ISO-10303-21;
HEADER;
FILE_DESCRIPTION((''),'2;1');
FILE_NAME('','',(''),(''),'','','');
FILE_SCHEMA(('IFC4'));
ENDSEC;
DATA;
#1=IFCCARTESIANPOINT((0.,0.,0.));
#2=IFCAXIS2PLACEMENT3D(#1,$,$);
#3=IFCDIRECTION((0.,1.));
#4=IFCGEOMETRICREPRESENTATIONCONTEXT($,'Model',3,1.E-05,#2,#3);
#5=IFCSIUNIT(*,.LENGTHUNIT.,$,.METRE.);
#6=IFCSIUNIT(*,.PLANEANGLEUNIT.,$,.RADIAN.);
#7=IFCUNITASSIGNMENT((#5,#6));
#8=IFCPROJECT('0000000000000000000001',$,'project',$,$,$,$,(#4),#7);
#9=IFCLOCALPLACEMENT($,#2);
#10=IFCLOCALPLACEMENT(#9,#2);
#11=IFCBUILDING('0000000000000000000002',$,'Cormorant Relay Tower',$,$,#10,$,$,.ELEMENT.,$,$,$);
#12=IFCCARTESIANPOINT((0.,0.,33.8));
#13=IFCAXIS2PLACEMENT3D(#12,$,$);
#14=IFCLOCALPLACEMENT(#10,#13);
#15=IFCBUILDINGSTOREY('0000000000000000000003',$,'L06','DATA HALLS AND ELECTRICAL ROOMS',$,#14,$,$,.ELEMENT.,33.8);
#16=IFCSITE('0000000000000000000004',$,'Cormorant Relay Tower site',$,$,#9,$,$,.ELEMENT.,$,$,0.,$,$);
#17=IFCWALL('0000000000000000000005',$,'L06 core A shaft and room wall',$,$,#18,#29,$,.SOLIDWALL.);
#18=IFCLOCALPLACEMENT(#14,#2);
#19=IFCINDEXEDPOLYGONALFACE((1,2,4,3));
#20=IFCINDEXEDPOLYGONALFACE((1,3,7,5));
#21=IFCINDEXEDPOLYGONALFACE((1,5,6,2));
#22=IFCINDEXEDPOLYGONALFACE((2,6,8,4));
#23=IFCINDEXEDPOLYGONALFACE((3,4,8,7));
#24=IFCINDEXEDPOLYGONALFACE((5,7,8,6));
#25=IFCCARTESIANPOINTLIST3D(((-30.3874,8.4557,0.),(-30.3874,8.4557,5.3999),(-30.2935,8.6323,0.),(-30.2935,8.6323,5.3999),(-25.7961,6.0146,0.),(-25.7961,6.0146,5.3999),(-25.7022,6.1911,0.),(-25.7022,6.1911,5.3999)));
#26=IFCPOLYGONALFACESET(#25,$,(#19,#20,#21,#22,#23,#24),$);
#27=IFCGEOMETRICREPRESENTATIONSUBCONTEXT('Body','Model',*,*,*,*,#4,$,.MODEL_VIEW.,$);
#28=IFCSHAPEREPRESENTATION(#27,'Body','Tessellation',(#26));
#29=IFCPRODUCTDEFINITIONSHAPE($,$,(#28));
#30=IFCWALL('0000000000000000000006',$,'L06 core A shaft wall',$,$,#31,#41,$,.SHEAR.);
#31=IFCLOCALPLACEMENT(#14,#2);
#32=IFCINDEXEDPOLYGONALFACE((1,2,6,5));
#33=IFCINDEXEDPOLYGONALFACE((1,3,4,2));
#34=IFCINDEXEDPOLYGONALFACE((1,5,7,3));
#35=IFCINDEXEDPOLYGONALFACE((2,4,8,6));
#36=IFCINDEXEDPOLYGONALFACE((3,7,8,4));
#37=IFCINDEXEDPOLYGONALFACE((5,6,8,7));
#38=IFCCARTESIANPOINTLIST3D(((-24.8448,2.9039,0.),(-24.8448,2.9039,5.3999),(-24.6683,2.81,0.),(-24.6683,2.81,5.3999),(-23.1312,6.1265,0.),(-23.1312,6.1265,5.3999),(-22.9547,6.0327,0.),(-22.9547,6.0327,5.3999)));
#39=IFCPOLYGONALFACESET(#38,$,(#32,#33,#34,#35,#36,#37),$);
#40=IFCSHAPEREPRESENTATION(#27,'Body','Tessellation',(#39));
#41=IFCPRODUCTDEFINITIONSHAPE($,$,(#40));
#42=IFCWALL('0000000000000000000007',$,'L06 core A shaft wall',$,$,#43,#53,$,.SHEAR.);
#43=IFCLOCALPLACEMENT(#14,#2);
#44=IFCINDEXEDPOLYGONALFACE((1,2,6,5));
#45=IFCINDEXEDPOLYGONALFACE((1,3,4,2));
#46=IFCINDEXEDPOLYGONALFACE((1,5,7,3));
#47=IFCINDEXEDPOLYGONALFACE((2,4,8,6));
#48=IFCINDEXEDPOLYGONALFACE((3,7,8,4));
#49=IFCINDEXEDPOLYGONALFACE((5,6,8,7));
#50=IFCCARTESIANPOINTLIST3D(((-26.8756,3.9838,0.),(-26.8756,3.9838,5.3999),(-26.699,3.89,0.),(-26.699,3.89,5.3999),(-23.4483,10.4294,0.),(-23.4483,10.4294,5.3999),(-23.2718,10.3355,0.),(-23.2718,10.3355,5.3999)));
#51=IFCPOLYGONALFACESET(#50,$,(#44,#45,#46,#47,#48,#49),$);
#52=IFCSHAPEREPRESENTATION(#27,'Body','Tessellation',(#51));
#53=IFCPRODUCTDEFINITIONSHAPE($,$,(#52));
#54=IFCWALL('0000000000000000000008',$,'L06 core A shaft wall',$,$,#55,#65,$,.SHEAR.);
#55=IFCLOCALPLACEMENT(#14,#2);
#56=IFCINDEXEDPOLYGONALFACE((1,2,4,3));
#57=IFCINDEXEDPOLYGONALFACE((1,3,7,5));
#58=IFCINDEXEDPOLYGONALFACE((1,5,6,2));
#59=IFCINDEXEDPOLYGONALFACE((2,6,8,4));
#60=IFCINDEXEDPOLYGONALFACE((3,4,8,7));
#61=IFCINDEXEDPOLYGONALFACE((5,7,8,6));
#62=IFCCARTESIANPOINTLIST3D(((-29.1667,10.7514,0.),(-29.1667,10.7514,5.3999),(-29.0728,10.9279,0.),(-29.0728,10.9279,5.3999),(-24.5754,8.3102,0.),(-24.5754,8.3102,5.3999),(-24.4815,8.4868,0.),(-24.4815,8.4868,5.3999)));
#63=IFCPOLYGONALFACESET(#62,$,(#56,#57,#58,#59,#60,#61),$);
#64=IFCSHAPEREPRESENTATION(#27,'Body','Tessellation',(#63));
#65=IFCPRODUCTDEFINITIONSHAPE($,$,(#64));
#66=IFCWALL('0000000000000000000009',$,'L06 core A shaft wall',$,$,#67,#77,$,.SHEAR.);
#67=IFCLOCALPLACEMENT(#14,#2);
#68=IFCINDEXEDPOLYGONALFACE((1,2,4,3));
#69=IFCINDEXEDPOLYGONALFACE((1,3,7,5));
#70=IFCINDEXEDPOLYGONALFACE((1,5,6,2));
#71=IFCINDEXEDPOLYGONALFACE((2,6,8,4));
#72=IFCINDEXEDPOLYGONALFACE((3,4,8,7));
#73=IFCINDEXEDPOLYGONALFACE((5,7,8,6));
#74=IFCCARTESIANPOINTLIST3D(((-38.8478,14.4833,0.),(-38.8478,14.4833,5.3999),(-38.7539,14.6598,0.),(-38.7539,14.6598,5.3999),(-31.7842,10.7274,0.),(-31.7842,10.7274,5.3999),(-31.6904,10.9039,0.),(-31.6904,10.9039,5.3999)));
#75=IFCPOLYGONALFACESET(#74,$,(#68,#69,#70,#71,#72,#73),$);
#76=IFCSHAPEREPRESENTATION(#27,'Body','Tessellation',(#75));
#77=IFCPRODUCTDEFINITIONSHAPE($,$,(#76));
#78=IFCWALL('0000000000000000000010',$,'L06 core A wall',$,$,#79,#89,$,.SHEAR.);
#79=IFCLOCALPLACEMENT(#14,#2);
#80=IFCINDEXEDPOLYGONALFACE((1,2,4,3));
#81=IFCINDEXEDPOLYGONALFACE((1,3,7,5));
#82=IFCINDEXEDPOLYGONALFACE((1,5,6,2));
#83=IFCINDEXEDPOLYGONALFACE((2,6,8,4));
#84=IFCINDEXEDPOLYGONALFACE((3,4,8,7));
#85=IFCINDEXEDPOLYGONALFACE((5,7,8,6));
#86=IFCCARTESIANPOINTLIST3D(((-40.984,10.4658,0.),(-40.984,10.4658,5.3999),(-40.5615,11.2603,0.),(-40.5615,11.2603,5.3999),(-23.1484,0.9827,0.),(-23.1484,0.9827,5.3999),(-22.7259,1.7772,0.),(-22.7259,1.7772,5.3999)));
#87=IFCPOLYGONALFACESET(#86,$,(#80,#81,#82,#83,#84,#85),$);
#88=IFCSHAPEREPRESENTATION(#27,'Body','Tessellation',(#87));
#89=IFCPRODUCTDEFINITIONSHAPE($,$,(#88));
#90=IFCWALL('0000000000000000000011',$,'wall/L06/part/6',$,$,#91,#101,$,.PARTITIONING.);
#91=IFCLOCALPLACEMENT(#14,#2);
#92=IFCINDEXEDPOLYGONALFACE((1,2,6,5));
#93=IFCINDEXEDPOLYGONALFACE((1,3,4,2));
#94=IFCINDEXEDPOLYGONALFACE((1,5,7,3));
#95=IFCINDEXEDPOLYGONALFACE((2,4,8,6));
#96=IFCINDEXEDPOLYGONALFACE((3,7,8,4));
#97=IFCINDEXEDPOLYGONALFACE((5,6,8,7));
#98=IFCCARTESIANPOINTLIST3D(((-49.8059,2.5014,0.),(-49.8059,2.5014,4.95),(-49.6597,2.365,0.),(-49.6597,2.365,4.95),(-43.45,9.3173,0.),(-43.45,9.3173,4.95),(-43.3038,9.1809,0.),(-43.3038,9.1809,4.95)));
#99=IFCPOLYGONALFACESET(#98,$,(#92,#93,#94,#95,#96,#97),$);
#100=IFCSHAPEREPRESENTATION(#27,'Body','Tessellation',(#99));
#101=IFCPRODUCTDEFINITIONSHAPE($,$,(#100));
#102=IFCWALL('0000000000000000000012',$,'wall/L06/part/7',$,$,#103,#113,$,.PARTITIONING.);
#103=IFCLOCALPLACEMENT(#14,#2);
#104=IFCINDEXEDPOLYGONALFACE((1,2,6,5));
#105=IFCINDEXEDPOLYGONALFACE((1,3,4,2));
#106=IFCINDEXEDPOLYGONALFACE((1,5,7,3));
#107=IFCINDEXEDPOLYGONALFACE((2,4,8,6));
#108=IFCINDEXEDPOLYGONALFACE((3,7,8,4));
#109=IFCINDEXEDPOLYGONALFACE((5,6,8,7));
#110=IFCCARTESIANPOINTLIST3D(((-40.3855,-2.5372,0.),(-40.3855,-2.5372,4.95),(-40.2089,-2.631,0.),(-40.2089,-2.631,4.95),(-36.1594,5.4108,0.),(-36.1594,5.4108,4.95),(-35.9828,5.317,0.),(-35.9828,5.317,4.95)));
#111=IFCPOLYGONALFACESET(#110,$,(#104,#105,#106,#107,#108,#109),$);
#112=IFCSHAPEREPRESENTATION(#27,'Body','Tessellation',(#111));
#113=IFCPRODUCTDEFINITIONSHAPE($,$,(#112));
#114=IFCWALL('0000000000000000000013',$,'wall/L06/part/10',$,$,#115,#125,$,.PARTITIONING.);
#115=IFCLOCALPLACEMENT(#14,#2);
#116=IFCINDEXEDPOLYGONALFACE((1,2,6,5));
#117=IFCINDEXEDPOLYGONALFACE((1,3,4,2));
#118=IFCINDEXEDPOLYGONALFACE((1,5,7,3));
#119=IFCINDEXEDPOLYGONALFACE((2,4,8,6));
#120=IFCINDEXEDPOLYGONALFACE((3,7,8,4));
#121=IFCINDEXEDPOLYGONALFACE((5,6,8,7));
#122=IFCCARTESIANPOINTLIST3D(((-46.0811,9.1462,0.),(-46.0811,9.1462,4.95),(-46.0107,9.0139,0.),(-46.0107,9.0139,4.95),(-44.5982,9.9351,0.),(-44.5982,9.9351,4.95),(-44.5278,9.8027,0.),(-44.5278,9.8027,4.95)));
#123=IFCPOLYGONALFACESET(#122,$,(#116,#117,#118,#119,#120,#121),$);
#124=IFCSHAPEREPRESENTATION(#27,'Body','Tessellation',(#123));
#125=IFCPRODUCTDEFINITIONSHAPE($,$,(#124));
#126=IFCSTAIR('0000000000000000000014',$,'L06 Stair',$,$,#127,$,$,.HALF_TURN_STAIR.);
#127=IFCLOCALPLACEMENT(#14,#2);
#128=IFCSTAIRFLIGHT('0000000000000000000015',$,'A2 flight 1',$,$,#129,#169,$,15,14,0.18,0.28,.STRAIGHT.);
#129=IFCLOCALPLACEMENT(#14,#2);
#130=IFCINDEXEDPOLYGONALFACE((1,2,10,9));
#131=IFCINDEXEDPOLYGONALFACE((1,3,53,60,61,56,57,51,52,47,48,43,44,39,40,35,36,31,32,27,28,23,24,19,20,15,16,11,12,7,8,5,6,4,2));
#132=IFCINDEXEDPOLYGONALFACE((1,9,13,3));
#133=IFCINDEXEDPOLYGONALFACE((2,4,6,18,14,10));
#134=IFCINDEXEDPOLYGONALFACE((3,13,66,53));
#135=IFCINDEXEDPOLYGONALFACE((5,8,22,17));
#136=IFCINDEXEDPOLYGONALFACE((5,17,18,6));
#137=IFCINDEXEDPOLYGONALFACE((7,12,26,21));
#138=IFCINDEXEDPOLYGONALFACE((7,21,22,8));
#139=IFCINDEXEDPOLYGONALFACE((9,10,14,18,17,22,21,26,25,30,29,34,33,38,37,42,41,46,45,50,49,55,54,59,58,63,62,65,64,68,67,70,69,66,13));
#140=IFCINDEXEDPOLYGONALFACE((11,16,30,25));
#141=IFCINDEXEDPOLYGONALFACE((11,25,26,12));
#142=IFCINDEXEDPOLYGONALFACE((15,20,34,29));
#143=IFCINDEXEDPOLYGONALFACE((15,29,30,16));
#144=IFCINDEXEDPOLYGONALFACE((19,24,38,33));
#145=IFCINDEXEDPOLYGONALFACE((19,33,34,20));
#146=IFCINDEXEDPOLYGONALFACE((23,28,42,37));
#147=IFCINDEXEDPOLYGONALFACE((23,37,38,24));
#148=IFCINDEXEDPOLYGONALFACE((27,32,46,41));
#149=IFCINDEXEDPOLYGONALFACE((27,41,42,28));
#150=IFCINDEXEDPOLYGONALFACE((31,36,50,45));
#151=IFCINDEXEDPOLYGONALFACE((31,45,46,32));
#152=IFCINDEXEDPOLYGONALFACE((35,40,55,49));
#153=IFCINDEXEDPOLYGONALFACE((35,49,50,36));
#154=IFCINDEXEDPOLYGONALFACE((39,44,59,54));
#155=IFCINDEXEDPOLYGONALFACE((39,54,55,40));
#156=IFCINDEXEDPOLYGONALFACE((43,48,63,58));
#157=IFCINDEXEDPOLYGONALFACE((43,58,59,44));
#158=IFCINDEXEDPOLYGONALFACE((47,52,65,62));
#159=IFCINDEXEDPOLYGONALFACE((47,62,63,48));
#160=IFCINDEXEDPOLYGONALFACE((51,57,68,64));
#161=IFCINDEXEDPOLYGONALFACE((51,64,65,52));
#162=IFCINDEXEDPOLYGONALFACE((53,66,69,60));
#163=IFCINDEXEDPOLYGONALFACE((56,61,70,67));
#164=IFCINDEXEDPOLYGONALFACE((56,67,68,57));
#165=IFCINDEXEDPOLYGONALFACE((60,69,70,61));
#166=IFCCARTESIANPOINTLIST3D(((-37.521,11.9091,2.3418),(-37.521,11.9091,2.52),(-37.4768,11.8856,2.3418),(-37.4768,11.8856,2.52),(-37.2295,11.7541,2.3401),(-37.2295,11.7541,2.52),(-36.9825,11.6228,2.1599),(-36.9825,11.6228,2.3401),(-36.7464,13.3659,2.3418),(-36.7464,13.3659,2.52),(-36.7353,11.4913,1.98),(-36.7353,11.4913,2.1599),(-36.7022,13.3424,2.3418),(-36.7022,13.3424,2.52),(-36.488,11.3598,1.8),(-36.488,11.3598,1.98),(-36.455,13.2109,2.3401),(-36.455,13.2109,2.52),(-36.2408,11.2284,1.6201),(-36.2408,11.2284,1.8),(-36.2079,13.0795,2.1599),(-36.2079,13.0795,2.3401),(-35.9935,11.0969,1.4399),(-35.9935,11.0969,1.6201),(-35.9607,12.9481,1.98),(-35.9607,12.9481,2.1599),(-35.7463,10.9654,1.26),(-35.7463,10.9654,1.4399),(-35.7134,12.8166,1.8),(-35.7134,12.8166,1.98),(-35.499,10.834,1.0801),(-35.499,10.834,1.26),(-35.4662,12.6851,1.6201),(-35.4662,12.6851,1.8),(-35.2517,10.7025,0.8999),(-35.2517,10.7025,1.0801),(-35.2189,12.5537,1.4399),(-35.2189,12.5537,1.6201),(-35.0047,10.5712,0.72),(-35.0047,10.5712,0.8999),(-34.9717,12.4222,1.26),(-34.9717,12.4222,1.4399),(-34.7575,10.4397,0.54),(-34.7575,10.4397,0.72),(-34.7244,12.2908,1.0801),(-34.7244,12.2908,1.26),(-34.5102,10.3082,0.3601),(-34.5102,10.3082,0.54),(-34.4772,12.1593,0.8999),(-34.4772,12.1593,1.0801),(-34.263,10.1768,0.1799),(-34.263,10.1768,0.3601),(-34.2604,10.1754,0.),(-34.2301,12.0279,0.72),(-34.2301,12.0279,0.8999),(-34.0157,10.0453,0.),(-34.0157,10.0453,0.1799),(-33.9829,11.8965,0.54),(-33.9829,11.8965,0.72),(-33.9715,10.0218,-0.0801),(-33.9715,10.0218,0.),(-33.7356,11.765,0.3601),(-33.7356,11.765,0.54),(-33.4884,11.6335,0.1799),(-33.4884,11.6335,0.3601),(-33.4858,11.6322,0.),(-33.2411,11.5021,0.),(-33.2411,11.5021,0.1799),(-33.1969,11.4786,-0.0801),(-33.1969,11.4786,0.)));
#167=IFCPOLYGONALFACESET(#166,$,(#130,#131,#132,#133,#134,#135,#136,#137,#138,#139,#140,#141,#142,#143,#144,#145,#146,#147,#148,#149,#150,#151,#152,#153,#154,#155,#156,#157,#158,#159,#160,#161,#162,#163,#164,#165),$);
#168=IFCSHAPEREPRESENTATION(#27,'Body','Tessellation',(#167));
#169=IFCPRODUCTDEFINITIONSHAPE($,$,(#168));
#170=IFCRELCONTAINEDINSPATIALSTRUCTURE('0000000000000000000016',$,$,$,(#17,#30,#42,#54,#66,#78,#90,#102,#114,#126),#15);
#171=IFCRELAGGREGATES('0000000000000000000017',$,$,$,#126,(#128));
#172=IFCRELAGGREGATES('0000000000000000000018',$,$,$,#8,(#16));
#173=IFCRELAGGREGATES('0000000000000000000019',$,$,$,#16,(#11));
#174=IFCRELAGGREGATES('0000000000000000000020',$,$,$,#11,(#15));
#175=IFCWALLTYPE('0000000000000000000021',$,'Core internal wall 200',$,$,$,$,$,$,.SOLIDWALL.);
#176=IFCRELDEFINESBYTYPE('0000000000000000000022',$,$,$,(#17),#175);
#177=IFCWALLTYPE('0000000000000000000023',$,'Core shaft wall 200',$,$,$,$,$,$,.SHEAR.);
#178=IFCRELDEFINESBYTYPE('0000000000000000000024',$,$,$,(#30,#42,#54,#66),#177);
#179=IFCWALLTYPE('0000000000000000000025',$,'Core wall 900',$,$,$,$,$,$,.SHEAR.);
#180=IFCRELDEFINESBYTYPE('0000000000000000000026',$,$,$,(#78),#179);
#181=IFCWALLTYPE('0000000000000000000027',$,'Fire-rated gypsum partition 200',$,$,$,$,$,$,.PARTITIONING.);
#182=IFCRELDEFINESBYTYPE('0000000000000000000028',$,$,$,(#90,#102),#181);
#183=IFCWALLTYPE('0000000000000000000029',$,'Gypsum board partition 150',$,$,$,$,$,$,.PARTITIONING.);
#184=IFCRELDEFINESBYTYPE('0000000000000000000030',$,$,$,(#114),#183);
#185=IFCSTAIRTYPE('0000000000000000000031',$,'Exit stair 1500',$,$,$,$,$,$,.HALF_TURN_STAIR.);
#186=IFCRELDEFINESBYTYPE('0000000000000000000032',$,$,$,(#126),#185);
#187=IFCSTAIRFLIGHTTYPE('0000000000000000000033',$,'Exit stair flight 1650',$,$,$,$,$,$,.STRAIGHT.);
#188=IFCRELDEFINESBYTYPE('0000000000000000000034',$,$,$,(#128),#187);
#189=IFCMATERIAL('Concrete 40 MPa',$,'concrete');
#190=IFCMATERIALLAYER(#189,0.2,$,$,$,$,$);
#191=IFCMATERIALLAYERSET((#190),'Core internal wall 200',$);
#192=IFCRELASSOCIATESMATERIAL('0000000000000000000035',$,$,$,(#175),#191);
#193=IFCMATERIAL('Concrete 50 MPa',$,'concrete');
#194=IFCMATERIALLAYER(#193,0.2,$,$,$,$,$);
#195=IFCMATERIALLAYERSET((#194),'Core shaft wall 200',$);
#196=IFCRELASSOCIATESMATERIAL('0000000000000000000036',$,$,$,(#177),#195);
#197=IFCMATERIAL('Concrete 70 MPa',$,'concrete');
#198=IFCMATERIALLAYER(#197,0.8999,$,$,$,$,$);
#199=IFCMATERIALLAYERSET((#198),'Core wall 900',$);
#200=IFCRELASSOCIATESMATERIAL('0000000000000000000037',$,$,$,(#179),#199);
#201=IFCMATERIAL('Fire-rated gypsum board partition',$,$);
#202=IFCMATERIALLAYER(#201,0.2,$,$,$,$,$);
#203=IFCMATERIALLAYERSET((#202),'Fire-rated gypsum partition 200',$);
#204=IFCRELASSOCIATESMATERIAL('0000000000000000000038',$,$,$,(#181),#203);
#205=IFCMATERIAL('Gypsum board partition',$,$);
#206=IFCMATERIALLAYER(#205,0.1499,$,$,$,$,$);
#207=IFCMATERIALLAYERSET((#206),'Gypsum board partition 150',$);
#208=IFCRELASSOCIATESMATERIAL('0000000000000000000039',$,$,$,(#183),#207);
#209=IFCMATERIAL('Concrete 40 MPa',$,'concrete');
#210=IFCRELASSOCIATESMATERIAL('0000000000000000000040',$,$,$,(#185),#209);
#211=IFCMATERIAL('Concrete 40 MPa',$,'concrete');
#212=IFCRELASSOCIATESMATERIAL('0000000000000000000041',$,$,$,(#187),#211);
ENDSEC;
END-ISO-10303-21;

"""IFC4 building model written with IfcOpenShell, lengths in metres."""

from ifc_helpers import new_model, si_unit, direction, frame, frame_2d, origin, place, context, subcontext, project, spatial, polyline, rectangle, outline, extrude, material, layer, layer_set, type_object, element, aggregate, save


model = new_model("IFC4")

# Units and contexts
model_context = context("Model", 3, precision=1e-05, world=origin(), true_north=direction((0.0, 1.0)))
body_context = subcontext(model_context, "Body", "Model", "MODEL_VIEW")
ifc_project = project(units=[si_unit("LENGTHUNIT", "METRE"), si_unit("PLANEANGLEUNIT", "RADIAN")], contexts=[model_context])

# Site, building, storey
site_placement = place(None, origin())
site = spatial("IfcSite", under=ifc_project, at=site_placement, Name="Cormorant Relay Tower site", CompositionType="ELEMENT", RefElevation=0.0)
building_placement = place(site_placement, origin())
building = spatial("IfcBuilding", under=site, at=building_placement, Name="Cormorant Relay Tower", CompositionType="ELEMENT")
storey_placement = place(building_placement, frame((0.0, 0.0, 33.8)))
storey = spatial("IfcBuildingStorey", under=building, at=storey_placement, Name="L06", Description="DATA HALLS AND ELECTRICAL ROOMS", CompositionType="ELEMENT", Elevation=33.8)

# Walls
ifc_material_1 = material(Name="Concrete 40 MPa", Category="concrete")
ifc_layer_1 = layer(ifc_material_1, 0.2)
ifc_layer_set_1 = layer_set([ifc_layer_1], Name="Core internal wall 200")
wall_type_1 = type_object("IfcWallType", Name="Core internal wall 200", PredefinedType="SOLIDWALL", material=ifc_layer_set_1)
wall_1_placement = place(storey_placement, frame((-25.749, 6.1028, 0.0), z_axis=(0.0, 0.0, 1.0), x_axis=(-0.882954, 0.46946, 0.0)))
element("IfcWall", 1, at=wall_1_placement, inside=storey, type_object=wall_type_1, Name="L06 core A shaft and room wall", PredefinedType="SOLIDWALL", context=body_context, shape_type="SweptSolid", body=[
    extrude(rectangle(XDim=5.2, YDim=0.2, at=frame_2d((2.6001, 0.0))), origin(), (0.0, 0.0, 1.0), 5.3999),
])
ifc_material_2 = material(Name="Concrete 50 MPa", Category="concrete")
ifc_layer_2 = layer(ifc_material_2, 0.2)
ifc_layer_set_2 = layer_set([ifc_layer_2], Name="Core shaft wall 200")
wall_type_2 = type_object("IfcWallType", Name="Core shaft wall 200", PredefinedType="SHEAR", material=ifc_layer_set_2)
wall_2_placement = place(storey_placement, frame((-23.043, 6.0796, 0.0), z_axis=(0.0, 0.0, 1.0), x_axis=(-0.469494, -0.882936, 0.0)))
element("IfcWall", 2, at=wall_2_placement, inside=storey, type_object=wall_type_2, Name="L06 core A shaft wall", PredefinedType="SHEAR", context=body_context, shape_type="SweptSolid", body=[
    extrude(rectangle(XDim=3.6499, YDim=0.2, at=frame_2d((1.825, 0.0))), origin(), (0.0, 0.0, 1.0), 5.3999),
])
wall_3_placement = place(storey_placement, frame((-23.3601, 10.3823, 0.0), z_axis=(0.0, 0.0, 1.0), x_axis=(-0.46948, -0.882943, 0.0)))
element("IfcWall", 3, at=wall_3_placement, inside=storey, type_object=wall_type_2, Name="L06 core A shaft wall", PredefinedType="SHEAR", context=body_context, shape_type="SweptSolid", body=[
    extrude(rectangle(XDim=7.3, YDim=0.2, at=frame_2d((3.6499, 0.0))), origin(), (0.0, 0.0, 1.0), 5.3999),
])
wall_4_placement = place(storey_placement, frame((-24.5283, 8.3984, 0.0), z_axis=(0.0, 0.0, 1.0), x_axis=(-0.882954, 0.46946, 0.0)))
element("IfcWall", 4, at=wall_4_placement, inside=storey, type_object=wall_type_2, Name="L06 core A shaft wall", PredefinedType="SHEAR", context=body_context, shape_type="SweptSolid", body=[
    extrude(rectangle(XDim=5.2, YDim=0.2, at=frame_2d((2.6001, 0.0))), origin(), (0.0, 0.0, 1.0), 5.3999),
])
wall_5_placement = place(storey_placement, frame((-31.7373, 10.8157, 0.0), z_axis=(0.0, 0.0, 1.0), x_axis=(-0.88294, 0.469485, 0.0)))
element("IfcWall", 5, at=wall_5_placement, inside=storey, type_object=wall_type_2, Name="L06 core A shaft wall", PredefinedType="SHEAR", context=body_context, shape_type="SweptSolid", body=[
    extrude(rectangle(XDim=8.0, YDim=0.2, at=frame_2d((4.0, 0.0))), origin(), (0.0, 0.0, 1.0), 5.3999),
])
ifc_material_3 = material(Name="Concrete 70 MPa", Category="concrete")
ifc_layer_3 = layer(ifc_material_3, 0.8999)
ifc_layer_set_3 = layer_set([ifc_layer_3], Name="Core wall 900")
wall_type_3 = type_object("IfcWallType", Name="Core wall 900", PredefinedType="SHEAR", material=ifc_layer_set_3)
wall_6_placement = place(storey_placement, frame((-22.937, 1.3799, 0.0), z_axis=(0.0, 0.0, 1.0), x_axis=(-0.882953, 0.469462, 0.0)))
element("IfcWall", 6, at=wall_6_placement, inside=storey, type_object=wall_type_3, Name="L06 core A wall", PredefinedType="SHEAR", context=body_context, shape_type="SweptSolid", body=[
    extrude(rectangle(XDim=20.2, YDim=0.8999, at=frame_2d((10.1001, 0.0))), origin(), (0.0, 0.0, 1.0), 5.3999),
])
ifc_material_4 = material(Name="Fire-rated gypsum board partition")
ifc_layer_4 = layer(ifc_material_4, 0.2)
ifc_layer_set_4 = layer_set([ifc_layer_4], Name="Fire-rated gypsum partition 200")
wall_type_4 = type_object("IfcWallType", Name="Fire-rated gypsum partition 200", PredefinedType="PARTITIONING", material=ifc_layer_set_4)
wall_7_placement = place(storey_placement, frame((-43.377, 9.249, 0.0), z_axis=(0.0, 0.0, 1.0), x_axis=(-0.681999, -0.731353, 0.0)))
element("IfcWall", 7, at=wall_7_placement, inside=storey, type_object=wall_type_4, Name="wall/L06/part/6", PredefinedType="PARTITIONING", context=body_context, shape_type="SweptSolid", body=[
    extrude(rectangle(XDim=9.3196, YDim=0.2, at=frame_2d((4.6597, 0.0))), origin(), (0.0, 0.0, 1.0), 4.95),
])
wall_8_placement = place(storey_placement, frame((-36.071, 5.364, 0.0), z_axis=(0.0, 0.0, 1.0), x_axis=(-0.469476, -0.882945, 0.0)))
element("IfcWall", 8, at=wall_8_placement, inside=storey, type_object=wall_type_4, Name="wall/L06/part/7", PredefinedType="PARTITIONING", context=body_context, shape_type="SweptSolid", body=[
    extrude(rectangle(XDim=9.0017, YDim=0.2, at=frame_2d((4.501, 0.0))), origin(), (0.0, 0.0, 1.0), 4.95),
])
ifc_material_5 = material(Name="Gypsum board partition")
ifc_layer_5 = layer(ifc_material_5, 0.1499)
ifc_layer_set_5 = layer_set([ifc_layer_5], Name="Gypsum board partition 150")
wall_type_5 = type_object("IfcWallType", Name="Gypsum board partition 150", PredefinedType="PARTITIONING", material=ifc_layer_set_5)
wall_9_placement = place(storey_placement, frame((-44.563, 9.8689, 0.0), z_axis=(0.0, 0.0, 1.0), x_axis=(-0.882863, -0.46963, 0.0)))
element("IfcWall", 9, at=wall_9_placement, inside=storey, type_object=wall_type_5, Name="wall/L06/part/10", PredefinedType="PARTITIONING", context=body_context, shape_type="SweptSolid", body=[
    extrude(rectangle(XDim=1.6797, YDim=0.1499, at=frame_2d((0.8398, 0.0))), origin(), (0.0, 0.0, 1.0), 4.95),
])

# Stair, stair flight
ifc_material_6 = material(Name="Concrete 40 MPa", Category="concrete")
stair_type = type_object("IfcStairType", Name="Exit stair 1500", PredefinedType="HALF_TURN_STAIR", material=ifc_material_6)
stair_placement = place(storey_placement, origin())
stair = element("IfcStair", 10, at=stair_placement, inside=storey, type_object=stair_type, Name="L06 Stair", PredefinedType="HALF_TURN_STAIR")
ifc_material_7 = material(Name="Concrete 40 MPa", Category="concrete")
stair_flight_type = type_object("IfcStairFlightType", Name="Exit stair flight 1650", PredefinedType="STRAIGHT", material=ifc_material_7)
stair_flight_1_placement = place(storey_placement, frame((-33.6284, 10.7737, 0.0), z_axis=(0.0, 0.0, 1.0), x_axis=(-0.882948, 0.469472, 0.0)))
stair_flight_1 = element("IfcStairFlight", 11, at=stair_flight_1_placement, type_object=stair_flight_type, Name="A2 flight 1", NumberOfRisers=15, NumberOfTreads=14, PredefinedType="STRAIGHT", RiserHeight=0.18, TreadLength=0.28, context=body_context, shape_type="SweptSolid", body=[
    extrude(outline(polyline([(-0.05, -0.0801), (-0.05, 0.0), (0.0, 0.0), (0.0, 0.1799), (0.28, 0.1799), (0.28, 0.3601), (0.5601, 0.3601), (0.5601, 0.54), (0.8401, 0.54), (0.8401, 0.72), (1.1201, 0.72), (1.1201, 0.8999), (1.3999, 0.8999), (1.3999, 1.0801), (1.6799, 1.0801), (1.6799, 1.26), (1.96, 1.26), (1.96, 1.4399), (2.24, 1.4399), (2.24, 1.6201), (2.52, 1.6201), (2.52, 1.8), (2.8, 1.8), (2.8, 1.98), (3.0801, 1.98), (3.0801, 2.1599), (3.3601, 2.1599), (3.3601, 2.3401), (3.6399, 2.3401), (3.6399, 2.52), (3.9199, 2.52), (3.97, 2.52), (3.97, 2.3418), (3.9199, 2.3418), (0.2771, 0.0), (-0.05, -0.0801)])), frame((0.0, 0.825, 0.0), z_axis=(0.0, -1.0, 0.0), x_axis=(1.0, 0.0, 0.0)), (0.0, 0.0, 1.0), 1.6499),
])
aggregate(stair, [stair_flight_1])

save(model, "model.ifc")
